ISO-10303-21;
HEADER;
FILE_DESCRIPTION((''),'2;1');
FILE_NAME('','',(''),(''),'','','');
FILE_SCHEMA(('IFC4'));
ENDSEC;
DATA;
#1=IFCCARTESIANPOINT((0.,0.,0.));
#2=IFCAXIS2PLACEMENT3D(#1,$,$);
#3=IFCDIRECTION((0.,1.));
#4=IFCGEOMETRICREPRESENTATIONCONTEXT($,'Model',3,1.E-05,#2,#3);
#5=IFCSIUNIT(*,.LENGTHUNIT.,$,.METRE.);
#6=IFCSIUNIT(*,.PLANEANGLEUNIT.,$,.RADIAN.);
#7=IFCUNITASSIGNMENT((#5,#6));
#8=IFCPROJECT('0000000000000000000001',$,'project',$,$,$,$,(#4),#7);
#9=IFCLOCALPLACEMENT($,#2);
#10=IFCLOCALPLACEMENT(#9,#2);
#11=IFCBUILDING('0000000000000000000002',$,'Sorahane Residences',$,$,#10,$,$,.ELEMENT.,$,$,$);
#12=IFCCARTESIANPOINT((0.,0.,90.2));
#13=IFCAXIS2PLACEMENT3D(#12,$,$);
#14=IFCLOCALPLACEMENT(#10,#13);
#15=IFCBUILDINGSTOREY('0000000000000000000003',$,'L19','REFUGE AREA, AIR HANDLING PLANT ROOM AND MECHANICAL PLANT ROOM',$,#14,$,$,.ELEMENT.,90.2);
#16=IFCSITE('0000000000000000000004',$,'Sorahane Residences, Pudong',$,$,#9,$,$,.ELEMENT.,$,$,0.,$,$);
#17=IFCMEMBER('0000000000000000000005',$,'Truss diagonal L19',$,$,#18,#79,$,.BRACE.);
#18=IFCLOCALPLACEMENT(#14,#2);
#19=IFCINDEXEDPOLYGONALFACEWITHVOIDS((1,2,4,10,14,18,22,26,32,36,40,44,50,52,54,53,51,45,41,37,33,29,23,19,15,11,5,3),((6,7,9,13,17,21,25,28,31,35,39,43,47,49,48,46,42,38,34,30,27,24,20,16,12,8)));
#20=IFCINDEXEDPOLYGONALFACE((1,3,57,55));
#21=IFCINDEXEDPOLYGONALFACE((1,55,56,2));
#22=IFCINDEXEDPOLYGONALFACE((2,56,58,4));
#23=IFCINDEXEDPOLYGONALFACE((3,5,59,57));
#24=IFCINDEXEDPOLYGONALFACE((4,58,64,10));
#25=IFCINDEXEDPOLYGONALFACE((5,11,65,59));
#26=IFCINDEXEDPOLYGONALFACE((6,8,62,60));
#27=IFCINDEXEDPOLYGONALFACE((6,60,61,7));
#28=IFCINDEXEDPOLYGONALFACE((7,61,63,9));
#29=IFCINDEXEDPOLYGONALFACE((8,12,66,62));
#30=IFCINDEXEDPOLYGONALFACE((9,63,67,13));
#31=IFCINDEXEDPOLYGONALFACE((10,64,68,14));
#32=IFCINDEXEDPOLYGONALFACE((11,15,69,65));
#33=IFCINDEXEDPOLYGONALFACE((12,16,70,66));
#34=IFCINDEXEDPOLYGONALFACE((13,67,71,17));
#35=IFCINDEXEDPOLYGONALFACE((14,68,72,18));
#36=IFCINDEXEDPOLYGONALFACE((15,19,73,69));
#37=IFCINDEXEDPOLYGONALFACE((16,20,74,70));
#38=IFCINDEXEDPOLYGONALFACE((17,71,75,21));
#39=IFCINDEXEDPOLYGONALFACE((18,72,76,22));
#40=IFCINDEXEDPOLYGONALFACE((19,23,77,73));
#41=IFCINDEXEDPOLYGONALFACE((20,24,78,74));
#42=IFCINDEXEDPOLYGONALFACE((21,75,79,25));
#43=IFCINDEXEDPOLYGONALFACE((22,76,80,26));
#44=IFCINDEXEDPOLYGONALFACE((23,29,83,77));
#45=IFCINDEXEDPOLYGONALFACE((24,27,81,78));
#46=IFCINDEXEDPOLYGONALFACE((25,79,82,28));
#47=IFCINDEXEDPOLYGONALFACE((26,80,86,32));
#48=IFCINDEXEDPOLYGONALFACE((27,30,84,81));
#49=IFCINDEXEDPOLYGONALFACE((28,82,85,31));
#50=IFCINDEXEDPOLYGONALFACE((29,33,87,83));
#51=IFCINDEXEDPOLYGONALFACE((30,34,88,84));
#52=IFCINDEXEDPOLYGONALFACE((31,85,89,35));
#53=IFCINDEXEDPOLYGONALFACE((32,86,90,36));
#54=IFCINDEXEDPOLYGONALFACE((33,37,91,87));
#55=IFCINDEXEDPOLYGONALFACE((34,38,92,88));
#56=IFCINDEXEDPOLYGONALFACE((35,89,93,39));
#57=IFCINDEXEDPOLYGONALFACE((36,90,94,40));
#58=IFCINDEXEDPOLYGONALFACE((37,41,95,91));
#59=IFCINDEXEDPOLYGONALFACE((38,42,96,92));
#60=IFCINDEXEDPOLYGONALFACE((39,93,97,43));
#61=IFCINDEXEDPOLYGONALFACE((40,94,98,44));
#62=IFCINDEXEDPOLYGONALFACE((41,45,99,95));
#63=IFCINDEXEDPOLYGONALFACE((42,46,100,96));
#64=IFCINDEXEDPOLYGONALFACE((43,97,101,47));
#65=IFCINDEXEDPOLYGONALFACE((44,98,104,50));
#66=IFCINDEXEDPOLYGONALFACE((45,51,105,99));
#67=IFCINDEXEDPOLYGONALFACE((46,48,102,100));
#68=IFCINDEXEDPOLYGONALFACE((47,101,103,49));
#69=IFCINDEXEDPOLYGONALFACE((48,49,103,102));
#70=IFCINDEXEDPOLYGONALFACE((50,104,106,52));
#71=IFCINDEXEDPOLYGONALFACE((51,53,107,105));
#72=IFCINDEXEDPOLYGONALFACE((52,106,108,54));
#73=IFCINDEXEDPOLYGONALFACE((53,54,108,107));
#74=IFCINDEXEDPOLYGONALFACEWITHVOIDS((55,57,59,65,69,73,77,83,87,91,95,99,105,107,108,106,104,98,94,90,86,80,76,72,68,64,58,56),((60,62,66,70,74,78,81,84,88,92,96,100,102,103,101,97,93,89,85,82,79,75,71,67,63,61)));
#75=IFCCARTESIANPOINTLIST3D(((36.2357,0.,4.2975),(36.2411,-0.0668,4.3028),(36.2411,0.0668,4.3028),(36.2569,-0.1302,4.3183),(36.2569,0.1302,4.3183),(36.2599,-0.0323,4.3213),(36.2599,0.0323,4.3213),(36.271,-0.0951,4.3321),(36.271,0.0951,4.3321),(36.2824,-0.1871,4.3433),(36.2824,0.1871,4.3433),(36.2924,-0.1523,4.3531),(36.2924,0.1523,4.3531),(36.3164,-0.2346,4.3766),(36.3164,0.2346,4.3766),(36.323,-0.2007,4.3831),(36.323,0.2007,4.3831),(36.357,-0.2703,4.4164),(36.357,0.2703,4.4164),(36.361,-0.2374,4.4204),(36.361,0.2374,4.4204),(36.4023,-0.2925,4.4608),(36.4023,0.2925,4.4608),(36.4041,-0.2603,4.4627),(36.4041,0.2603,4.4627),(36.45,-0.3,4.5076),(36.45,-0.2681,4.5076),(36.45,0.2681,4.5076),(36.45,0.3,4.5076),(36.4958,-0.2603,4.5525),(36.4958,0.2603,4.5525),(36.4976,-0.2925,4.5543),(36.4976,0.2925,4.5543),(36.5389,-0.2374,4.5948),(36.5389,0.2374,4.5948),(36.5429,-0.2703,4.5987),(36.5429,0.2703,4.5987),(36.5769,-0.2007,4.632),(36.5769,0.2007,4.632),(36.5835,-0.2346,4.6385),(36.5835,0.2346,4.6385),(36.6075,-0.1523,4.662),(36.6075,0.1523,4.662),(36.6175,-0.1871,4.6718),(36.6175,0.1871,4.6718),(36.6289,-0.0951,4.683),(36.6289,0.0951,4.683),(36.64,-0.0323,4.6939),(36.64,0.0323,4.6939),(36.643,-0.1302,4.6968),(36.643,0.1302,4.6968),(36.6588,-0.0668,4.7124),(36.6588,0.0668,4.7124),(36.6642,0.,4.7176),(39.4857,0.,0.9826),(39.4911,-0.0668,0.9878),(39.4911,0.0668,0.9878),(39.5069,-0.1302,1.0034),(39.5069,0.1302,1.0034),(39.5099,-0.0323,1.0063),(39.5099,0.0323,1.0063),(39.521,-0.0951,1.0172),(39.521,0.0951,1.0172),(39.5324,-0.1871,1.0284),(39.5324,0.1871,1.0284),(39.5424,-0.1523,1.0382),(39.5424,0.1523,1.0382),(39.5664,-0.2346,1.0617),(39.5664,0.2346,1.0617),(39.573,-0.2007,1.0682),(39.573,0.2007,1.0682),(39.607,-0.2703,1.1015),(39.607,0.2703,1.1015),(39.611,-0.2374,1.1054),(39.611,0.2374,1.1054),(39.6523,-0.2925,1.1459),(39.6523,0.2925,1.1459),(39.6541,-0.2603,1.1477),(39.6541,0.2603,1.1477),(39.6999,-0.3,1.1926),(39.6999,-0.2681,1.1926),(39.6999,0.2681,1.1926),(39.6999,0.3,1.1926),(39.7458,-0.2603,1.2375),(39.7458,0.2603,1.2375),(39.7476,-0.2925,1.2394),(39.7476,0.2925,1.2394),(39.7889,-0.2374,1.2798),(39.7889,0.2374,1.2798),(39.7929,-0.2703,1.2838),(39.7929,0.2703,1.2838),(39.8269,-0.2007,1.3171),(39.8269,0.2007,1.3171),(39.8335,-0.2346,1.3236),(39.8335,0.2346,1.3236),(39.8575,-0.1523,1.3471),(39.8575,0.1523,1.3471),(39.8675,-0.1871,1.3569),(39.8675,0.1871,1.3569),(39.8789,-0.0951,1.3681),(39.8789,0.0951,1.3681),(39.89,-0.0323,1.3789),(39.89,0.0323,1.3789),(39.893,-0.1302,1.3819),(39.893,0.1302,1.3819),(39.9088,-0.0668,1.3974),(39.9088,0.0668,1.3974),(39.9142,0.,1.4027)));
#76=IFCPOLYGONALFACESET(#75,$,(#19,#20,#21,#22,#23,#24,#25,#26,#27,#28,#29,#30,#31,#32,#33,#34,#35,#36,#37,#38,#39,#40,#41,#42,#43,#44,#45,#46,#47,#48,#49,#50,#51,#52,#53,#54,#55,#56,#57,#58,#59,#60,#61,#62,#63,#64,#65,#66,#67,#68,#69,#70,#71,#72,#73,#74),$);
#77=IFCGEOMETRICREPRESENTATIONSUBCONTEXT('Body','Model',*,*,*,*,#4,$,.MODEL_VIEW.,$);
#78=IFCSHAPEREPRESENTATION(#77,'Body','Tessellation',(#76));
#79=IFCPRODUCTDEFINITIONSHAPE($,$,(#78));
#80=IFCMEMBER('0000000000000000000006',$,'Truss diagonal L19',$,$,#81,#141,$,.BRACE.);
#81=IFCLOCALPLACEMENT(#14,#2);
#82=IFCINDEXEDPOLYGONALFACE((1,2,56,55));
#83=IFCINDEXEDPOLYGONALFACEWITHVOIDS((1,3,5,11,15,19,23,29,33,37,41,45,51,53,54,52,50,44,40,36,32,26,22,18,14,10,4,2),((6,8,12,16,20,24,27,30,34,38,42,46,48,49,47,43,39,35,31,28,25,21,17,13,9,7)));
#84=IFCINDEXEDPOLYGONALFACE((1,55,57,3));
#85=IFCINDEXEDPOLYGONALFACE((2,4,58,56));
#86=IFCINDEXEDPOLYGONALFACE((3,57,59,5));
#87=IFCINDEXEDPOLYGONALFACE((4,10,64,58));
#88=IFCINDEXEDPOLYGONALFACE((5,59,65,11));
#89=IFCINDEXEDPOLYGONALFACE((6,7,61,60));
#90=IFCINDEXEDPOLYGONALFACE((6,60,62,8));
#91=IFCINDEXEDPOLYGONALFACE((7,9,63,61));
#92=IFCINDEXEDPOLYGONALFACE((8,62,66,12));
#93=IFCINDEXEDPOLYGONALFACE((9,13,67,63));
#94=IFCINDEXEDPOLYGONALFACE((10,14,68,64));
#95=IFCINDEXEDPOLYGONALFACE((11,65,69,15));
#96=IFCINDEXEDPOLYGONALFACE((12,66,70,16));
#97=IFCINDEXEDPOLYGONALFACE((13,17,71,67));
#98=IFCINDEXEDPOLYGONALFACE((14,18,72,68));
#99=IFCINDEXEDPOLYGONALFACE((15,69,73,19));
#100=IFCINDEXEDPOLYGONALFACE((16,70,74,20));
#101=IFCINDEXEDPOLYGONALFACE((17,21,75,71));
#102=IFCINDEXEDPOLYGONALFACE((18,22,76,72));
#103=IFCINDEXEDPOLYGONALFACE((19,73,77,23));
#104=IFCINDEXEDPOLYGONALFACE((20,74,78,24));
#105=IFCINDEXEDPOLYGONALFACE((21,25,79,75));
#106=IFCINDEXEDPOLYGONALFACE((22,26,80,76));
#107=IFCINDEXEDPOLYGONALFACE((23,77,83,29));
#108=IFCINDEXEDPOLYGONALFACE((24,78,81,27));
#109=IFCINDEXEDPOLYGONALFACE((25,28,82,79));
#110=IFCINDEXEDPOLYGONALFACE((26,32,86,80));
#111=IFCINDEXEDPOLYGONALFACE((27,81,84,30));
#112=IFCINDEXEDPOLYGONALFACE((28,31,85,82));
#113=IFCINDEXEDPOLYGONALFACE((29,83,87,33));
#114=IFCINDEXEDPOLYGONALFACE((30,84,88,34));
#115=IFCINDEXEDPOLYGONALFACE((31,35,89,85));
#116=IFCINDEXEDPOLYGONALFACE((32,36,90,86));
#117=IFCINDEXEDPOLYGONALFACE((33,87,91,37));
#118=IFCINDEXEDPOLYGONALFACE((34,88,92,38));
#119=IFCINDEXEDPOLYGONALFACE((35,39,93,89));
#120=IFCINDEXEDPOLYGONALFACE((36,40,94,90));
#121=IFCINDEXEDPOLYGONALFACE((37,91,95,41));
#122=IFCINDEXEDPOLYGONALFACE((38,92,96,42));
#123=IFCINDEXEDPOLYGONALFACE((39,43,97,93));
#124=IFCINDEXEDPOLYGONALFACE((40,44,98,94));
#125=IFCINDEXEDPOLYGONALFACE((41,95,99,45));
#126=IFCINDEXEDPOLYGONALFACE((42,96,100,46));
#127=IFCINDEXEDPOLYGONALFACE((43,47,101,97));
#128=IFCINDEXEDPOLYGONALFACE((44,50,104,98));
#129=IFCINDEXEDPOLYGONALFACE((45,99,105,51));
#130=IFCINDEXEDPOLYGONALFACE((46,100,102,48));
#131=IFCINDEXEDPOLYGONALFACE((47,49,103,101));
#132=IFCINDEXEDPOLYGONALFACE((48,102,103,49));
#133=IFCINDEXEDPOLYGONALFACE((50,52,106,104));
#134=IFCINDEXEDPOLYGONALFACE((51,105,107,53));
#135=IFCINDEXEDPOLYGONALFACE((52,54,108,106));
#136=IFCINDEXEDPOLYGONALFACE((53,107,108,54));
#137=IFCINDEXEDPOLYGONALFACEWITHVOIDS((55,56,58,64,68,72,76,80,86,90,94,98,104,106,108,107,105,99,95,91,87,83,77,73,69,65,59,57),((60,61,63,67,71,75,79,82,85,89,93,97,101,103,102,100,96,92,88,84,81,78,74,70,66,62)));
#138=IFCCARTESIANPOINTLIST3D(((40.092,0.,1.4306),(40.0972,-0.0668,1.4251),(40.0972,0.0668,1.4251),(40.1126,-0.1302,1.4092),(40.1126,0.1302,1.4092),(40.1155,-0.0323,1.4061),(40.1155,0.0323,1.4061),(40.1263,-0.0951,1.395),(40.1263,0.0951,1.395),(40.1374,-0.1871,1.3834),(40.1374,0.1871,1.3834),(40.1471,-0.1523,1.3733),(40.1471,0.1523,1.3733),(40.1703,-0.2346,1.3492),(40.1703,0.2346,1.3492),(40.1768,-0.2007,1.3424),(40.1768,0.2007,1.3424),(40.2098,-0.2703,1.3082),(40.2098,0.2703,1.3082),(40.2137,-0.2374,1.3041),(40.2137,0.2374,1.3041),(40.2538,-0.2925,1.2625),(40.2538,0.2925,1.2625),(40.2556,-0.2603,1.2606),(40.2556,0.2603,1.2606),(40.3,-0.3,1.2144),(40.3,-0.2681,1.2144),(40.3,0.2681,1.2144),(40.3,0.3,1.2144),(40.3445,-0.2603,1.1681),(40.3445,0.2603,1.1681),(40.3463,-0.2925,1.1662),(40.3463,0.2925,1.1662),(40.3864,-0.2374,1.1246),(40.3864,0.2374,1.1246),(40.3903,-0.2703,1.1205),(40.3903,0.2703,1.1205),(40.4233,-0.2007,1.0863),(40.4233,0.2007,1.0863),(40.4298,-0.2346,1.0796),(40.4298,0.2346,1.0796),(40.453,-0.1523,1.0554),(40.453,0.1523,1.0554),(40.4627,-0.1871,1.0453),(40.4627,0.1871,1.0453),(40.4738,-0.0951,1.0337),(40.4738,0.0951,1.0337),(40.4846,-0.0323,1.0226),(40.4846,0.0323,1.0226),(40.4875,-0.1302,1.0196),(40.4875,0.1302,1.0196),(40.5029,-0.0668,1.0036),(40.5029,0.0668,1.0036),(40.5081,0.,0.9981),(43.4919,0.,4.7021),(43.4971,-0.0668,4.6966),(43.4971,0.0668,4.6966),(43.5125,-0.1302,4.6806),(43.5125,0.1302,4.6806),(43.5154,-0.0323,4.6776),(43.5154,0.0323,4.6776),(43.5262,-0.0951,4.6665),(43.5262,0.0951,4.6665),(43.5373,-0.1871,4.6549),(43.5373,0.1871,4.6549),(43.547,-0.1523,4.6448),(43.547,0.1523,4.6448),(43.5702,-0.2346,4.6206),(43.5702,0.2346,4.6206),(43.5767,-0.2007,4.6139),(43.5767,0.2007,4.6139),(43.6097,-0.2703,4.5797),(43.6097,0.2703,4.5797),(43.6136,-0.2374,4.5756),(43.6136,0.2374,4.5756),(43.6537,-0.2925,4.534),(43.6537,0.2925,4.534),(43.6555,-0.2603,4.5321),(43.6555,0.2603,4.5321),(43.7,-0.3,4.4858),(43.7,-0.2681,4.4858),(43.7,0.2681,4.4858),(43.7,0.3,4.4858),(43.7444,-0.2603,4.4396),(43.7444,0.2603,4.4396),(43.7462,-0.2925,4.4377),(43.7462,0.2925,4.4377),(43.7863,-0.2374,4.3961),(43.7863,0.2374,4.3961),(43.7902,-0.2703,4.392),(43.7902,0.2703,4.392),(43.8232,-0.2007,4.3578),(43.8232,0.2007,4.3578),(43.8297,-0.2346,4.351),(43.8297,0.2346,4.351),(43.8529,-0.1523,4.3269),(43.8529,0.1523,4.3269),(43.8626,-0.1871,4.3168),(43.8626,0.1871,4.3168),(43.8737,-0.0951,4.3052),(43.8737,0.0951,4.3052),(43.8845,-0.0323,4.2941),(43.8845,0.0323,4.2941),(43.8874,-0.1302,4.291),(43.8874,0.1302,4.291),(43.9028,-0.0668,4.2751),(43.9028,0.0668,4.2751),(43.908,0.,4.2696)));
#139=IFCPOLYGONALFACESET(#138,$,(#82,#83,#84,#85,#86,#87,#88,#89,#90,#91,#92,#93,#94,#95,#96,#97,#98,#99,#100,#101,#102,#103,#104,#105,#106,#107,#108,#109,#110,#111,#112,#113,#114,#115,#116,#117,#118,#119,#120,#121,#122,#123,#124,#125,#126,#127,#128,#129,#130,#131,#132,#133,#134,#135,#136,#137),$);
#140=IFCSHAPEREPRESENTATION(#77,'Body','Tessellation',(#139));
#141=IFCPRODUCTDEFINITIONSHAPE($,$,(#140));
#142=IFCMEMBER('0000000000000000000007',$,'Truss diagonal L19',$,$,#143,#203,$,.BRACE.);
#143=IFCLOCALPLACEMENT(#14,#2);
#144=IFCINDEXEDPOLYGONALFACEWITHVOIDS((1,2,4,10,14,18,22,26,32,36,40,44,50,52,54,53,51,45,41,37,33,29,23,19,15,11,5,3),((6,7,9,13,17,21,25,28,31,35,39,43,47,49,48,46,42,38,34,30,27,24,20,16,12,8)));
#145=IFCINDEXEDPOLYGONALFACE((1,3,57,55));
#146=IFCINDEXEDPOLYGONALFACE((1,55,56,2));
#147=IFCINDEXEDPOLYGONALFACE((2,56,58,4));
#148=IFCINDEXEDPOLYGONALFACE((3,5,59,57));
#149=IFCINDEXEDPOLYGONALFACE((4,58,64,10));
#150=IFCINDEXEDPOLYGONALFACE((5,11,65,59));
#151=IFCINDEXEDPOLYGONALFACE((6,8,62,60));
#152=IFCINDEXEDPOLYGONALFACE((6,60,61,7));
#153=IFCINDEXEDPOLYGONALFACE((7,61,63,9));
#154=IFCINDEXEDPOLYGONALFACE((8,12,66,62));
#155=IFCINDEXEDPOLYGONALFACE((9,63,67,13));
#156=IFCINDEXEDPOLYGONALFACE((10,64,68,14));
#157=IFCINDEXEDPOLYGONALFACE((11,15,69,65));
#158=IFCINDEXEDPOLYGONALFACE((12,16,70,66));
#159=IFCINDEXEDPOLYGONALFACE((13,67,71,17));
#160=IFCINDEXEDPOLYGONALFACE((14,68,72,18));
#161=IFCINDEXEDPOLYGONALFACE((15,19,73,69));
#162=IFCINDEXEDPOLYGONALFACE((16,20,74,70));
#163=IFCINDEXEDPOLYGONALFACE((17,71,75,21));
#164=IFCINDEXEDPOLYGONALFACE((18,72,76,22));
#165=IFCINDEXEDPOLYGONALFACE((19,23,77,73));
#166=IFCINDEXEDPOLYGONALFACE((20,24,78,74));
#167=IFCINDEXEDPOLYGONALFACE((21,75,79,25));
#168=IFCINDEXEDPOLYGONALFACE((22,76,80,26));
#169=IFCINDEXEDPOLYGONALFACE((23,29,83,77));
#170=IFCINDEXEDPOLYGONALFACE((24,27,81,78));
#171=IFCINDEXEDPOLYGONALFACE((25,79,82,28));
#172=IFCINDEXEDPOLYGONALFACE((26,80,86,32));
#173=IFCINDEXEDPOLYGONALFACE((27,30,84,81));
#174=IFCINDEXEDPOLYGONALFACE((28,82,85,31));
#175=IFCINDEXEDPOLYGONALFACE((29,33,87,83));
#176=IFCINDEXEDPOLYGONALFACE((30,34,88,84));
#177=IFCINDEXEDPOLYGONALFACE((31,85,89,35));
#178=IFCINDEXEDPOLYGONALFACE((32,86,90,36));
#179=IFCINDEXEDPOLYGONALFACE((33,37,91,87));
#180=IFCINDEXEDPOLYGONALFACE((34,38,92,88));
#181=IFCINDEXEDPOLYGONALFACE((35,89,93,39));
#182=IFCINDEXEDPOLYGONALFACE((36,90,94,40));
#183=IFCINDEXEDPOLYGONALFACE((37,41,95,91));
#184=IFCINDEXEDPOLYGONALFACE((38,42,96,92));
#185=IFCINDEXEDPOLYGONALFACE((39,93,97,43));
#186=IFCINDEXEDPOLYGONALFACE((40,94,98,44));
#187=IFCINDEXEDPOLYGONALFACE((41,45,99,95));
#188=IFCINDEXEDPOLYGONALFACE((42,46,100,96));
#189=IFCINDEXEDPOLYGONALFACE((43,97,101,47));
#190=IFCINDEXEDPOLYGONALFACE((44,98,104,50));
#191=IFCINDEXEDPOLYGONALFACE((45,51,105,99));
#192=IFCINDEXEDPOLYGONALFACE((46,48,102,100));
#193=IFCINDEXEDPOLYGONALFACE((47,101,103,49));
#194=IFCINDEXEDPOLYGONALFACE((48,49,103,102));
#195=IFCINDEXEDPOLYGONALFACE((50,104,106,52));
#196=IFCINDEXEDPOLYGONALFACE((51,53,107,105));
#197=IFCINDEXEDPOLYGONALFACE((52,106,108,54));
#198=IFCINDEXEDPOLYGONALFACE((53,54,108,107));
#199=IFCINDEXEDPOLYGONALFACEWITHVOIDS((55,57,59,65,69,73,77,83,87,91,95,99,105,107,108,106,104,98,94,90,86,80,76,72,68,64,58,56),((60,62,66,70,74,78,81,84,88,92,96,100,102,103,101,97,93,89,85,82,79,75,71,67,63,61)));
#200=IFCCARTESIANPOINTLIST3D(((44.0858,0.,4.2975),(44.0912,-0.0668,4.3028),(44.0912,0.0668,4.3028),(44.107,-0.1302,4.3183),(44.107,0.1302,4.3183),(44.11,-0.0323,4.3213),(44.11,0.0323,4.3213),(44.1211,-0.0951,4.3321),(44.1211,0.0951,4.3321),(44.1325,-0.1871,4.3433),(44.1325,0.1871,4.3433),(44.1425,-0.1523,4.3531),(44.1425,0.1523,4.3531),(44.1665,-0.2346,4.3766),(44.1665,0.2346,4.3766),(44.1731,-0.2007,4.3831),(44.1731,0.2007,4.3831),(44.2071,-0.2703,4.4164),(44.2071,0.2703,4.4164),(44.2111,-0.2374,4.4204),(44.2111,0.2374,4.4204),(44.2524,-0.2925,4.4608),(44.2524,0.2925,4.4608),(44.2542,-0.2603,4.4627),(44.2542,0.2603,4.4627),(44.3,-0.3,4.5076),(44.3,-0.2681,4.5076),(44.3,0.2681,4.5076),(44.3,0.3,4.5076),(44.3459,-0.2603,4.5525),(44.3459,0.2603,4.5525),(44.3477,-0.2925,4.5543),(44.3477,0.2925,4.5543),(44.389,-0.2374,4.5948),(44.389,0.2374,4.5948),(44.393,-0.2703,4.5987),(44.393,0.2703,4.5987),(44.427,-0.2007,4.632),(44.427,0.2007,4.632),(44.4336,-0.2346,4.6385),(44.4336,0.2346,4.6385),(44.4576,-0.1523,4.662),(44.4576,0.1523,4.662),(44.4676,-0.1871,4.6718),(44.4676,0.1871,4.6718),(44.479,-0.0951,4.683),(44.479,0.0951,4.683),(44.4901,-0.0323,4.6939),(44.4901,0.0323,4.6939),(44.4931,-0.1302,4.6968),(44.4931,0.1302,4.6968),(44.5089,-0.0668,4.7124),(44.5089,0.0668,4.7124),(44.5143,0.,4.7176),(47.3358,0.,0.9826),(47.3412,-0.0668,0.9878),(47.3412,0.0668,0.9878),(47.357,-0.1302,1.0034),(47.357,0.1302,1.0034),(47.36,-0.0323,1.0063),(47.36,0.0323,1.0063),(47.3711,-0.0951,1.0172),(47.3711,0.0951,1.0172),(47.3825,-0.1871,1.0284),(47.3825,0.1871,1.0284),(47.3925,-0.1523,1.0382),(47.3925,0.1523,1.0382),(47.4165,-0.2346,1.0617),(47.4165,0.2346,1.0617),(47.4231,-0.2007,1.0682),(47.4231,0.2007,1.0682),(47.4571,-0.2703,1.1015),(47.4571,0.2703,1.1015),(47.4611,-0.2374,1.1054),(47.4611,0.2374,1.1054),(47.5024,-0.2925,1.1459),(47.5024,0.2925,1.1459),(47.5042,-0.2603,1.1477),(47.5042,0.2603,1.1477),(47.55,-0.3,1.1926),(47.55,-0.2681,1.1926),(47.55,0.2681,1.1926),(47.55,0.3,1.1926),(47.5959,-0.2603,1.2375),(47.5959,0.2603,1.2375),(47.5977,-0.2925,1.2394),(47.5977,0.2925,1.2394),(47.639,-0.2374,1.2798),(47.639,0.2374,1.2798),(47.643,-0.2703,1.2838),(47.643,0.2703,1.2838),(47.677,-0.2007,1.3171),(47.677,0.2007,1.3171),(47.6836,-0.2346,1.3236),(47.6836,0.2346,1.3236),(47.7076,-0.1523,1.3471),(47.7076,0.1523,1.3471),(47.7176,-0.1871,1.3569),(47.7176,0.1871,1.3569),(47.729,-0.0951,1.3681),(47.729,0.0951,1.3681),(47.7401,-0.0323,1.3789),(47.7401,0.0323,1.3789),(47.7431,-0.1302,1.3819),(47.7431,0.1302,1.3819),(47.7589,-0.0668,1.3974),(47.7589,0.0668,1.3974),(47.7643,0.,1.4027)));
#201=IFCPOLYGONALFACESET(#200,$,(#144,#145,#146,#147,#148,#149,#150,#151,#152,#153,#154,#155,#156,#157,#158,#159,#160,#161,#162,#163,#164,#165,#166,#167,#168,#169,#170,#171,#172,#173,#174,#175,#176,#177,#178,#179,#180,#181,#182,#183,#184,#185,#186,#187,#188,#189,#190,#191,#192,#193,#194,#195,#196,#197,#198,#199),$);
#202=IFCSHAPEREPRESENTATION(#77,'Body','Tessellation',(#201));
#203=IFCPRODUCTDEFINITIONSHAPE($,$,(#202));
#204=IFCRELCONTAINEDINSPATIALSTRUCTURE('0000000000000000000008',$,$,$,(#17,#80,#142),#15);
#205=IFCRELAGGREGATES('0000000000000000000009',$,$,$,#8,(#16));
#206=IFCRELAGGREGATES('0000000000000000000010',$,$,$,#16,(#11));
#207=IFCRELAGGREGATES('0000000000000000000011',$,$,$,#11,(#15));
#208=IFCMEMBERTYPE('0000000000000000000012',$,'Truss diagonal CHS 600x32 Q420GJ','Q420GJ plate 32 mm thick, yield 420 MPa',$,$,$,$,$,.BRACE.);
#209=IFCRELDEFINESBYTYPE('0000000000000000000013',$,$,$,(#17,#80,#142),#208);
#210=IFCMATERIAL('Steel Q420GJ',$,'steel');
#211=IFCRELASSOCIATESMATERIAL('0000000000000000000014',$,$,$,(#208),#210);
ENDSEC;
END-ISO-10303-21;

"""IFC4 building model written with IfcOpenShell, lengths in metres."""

from ifc_helpers import new_model, si_unit, direction, frame, origin, origin_2d, place, context, subcontext, project, spatial, hollow_circle, extrude, material, material_profile, profile_set, type_object, element, save


model = new_model("IFC4")

# Units and contexts
model_context = context("Model", 3, precision=1e-05, world=origin(), true_north=direction((0.0, 1.0)))
body_context = subcontext(model_context, "Body", "Model", "MODEL_VIEW")
ifc_project = project(units=[si_unit("LENGTHUNIT", "METRE"), si_unit("PLANEANGLEUNIT", "RADIAN")], contexts=[model_context])

# Site, building, storey
site_placement = place(None, origin())
site = spatial("IfcSite", under=ifc_project, at=site_placement, Name="Sorahane Residences, Pudong", CompositionType="ELEMENT", RefElevation=0.0)
building_placement = place(site_placement, origin())
building = spatial("IfcBuilding", under=site, at=building_placement, Name="Sorahane Residences", CompositionType="ELEMENT")
storey_placement = place(building_placement, frame((0.0, 0.0, 90.2)))
storey = spatial("IfcBuildingStorey", under=building, at=storey_placement, Name="L19", Description="REFUGE AREA, AIR HANDLING PLANT ROOM AND MECHANICAL PLANT ROOM", CompositionType="ELEMENT", Elevation=90.2)

# Members
ifc_material_1 = material(Name="Steel Q420GJ", Category="steel")
ifc_material_profile_1 = material_profile(ifc_material_1, hollow_circle(Radius=0.3, WallThickness=0.032, at=origin_2d()), Name="CHS 600x32")
ifc_profile_set_1 = profile_set([ifc_material_profile_1], Name="Steel Q420GJ")
member_type = type_object("IfcMemberType", Name="Truss diagonal CHS 600x32 Q420GJ", Description="Q420GJ plate 32 mm thick, yield 420 MPa", PredefinedType="BRACE", material=ifc_profile_set_1)
member_1_placement = place(storey_placement, frame((36.45, 0.0, 4.5076), z_axis=(0.700078, 0.0, -0.714067), x_axis=(0.0, 1.0, 0.0)))
element("IfcMember", 1, at=member_1_placement, inside=storey, type_object=member_type, Name="Truss diagonal L19", PredefinedType="BRACE", context=body_context, shape_type="SweptSolid", body=[
    extrude(hollow_circle(Radius=0.3, WallThickness=0.032, at=origin_2d()), origin(), (0.0, 0.0, 1.0), 4.6423),
])
member_2_placement = place(storey_placement, frame((40.3, 0.0, 1.2144), z_axis=(0.720584, 0.0, 0.693367), x_axis=(0.0, 1.0, 0.0)))
element("IfcMember", 2, at=member_2_placement, inside=storey, type_object=member_type, Name="Truss diagonal L19", PredefinedType="BRACE", context=body_context, shape_type="SweptSolid", body=[
    extrude(hollow_circle(Radius=0.3, WallThickness=0.032, at=origin_2d()), origin(), (0.0, 0.0, 1.0), 4.7183),
])
member_3_placement = place(storey_placement, frame((44.3, 0.0, 4.5076), z_axis=(0.700078, 0.0, -0.714067), x_axis=(0.0, 1.0, 0.0)))
element("IfcMember", 3, at=member_3_placement, inside=storey, type_object=member_type, Name="Truss diagonal L19", PredefinedType="BRACE", context=body_context, shape_type="SweptSolid", body=[
    extrude(hollow_circle(Radius=0.3, WallThickness=0.032, at=origin_2d()), origin(), (0.0, 0.0, 1.0), 4.6423),
])

save(model, "model.ifc")
